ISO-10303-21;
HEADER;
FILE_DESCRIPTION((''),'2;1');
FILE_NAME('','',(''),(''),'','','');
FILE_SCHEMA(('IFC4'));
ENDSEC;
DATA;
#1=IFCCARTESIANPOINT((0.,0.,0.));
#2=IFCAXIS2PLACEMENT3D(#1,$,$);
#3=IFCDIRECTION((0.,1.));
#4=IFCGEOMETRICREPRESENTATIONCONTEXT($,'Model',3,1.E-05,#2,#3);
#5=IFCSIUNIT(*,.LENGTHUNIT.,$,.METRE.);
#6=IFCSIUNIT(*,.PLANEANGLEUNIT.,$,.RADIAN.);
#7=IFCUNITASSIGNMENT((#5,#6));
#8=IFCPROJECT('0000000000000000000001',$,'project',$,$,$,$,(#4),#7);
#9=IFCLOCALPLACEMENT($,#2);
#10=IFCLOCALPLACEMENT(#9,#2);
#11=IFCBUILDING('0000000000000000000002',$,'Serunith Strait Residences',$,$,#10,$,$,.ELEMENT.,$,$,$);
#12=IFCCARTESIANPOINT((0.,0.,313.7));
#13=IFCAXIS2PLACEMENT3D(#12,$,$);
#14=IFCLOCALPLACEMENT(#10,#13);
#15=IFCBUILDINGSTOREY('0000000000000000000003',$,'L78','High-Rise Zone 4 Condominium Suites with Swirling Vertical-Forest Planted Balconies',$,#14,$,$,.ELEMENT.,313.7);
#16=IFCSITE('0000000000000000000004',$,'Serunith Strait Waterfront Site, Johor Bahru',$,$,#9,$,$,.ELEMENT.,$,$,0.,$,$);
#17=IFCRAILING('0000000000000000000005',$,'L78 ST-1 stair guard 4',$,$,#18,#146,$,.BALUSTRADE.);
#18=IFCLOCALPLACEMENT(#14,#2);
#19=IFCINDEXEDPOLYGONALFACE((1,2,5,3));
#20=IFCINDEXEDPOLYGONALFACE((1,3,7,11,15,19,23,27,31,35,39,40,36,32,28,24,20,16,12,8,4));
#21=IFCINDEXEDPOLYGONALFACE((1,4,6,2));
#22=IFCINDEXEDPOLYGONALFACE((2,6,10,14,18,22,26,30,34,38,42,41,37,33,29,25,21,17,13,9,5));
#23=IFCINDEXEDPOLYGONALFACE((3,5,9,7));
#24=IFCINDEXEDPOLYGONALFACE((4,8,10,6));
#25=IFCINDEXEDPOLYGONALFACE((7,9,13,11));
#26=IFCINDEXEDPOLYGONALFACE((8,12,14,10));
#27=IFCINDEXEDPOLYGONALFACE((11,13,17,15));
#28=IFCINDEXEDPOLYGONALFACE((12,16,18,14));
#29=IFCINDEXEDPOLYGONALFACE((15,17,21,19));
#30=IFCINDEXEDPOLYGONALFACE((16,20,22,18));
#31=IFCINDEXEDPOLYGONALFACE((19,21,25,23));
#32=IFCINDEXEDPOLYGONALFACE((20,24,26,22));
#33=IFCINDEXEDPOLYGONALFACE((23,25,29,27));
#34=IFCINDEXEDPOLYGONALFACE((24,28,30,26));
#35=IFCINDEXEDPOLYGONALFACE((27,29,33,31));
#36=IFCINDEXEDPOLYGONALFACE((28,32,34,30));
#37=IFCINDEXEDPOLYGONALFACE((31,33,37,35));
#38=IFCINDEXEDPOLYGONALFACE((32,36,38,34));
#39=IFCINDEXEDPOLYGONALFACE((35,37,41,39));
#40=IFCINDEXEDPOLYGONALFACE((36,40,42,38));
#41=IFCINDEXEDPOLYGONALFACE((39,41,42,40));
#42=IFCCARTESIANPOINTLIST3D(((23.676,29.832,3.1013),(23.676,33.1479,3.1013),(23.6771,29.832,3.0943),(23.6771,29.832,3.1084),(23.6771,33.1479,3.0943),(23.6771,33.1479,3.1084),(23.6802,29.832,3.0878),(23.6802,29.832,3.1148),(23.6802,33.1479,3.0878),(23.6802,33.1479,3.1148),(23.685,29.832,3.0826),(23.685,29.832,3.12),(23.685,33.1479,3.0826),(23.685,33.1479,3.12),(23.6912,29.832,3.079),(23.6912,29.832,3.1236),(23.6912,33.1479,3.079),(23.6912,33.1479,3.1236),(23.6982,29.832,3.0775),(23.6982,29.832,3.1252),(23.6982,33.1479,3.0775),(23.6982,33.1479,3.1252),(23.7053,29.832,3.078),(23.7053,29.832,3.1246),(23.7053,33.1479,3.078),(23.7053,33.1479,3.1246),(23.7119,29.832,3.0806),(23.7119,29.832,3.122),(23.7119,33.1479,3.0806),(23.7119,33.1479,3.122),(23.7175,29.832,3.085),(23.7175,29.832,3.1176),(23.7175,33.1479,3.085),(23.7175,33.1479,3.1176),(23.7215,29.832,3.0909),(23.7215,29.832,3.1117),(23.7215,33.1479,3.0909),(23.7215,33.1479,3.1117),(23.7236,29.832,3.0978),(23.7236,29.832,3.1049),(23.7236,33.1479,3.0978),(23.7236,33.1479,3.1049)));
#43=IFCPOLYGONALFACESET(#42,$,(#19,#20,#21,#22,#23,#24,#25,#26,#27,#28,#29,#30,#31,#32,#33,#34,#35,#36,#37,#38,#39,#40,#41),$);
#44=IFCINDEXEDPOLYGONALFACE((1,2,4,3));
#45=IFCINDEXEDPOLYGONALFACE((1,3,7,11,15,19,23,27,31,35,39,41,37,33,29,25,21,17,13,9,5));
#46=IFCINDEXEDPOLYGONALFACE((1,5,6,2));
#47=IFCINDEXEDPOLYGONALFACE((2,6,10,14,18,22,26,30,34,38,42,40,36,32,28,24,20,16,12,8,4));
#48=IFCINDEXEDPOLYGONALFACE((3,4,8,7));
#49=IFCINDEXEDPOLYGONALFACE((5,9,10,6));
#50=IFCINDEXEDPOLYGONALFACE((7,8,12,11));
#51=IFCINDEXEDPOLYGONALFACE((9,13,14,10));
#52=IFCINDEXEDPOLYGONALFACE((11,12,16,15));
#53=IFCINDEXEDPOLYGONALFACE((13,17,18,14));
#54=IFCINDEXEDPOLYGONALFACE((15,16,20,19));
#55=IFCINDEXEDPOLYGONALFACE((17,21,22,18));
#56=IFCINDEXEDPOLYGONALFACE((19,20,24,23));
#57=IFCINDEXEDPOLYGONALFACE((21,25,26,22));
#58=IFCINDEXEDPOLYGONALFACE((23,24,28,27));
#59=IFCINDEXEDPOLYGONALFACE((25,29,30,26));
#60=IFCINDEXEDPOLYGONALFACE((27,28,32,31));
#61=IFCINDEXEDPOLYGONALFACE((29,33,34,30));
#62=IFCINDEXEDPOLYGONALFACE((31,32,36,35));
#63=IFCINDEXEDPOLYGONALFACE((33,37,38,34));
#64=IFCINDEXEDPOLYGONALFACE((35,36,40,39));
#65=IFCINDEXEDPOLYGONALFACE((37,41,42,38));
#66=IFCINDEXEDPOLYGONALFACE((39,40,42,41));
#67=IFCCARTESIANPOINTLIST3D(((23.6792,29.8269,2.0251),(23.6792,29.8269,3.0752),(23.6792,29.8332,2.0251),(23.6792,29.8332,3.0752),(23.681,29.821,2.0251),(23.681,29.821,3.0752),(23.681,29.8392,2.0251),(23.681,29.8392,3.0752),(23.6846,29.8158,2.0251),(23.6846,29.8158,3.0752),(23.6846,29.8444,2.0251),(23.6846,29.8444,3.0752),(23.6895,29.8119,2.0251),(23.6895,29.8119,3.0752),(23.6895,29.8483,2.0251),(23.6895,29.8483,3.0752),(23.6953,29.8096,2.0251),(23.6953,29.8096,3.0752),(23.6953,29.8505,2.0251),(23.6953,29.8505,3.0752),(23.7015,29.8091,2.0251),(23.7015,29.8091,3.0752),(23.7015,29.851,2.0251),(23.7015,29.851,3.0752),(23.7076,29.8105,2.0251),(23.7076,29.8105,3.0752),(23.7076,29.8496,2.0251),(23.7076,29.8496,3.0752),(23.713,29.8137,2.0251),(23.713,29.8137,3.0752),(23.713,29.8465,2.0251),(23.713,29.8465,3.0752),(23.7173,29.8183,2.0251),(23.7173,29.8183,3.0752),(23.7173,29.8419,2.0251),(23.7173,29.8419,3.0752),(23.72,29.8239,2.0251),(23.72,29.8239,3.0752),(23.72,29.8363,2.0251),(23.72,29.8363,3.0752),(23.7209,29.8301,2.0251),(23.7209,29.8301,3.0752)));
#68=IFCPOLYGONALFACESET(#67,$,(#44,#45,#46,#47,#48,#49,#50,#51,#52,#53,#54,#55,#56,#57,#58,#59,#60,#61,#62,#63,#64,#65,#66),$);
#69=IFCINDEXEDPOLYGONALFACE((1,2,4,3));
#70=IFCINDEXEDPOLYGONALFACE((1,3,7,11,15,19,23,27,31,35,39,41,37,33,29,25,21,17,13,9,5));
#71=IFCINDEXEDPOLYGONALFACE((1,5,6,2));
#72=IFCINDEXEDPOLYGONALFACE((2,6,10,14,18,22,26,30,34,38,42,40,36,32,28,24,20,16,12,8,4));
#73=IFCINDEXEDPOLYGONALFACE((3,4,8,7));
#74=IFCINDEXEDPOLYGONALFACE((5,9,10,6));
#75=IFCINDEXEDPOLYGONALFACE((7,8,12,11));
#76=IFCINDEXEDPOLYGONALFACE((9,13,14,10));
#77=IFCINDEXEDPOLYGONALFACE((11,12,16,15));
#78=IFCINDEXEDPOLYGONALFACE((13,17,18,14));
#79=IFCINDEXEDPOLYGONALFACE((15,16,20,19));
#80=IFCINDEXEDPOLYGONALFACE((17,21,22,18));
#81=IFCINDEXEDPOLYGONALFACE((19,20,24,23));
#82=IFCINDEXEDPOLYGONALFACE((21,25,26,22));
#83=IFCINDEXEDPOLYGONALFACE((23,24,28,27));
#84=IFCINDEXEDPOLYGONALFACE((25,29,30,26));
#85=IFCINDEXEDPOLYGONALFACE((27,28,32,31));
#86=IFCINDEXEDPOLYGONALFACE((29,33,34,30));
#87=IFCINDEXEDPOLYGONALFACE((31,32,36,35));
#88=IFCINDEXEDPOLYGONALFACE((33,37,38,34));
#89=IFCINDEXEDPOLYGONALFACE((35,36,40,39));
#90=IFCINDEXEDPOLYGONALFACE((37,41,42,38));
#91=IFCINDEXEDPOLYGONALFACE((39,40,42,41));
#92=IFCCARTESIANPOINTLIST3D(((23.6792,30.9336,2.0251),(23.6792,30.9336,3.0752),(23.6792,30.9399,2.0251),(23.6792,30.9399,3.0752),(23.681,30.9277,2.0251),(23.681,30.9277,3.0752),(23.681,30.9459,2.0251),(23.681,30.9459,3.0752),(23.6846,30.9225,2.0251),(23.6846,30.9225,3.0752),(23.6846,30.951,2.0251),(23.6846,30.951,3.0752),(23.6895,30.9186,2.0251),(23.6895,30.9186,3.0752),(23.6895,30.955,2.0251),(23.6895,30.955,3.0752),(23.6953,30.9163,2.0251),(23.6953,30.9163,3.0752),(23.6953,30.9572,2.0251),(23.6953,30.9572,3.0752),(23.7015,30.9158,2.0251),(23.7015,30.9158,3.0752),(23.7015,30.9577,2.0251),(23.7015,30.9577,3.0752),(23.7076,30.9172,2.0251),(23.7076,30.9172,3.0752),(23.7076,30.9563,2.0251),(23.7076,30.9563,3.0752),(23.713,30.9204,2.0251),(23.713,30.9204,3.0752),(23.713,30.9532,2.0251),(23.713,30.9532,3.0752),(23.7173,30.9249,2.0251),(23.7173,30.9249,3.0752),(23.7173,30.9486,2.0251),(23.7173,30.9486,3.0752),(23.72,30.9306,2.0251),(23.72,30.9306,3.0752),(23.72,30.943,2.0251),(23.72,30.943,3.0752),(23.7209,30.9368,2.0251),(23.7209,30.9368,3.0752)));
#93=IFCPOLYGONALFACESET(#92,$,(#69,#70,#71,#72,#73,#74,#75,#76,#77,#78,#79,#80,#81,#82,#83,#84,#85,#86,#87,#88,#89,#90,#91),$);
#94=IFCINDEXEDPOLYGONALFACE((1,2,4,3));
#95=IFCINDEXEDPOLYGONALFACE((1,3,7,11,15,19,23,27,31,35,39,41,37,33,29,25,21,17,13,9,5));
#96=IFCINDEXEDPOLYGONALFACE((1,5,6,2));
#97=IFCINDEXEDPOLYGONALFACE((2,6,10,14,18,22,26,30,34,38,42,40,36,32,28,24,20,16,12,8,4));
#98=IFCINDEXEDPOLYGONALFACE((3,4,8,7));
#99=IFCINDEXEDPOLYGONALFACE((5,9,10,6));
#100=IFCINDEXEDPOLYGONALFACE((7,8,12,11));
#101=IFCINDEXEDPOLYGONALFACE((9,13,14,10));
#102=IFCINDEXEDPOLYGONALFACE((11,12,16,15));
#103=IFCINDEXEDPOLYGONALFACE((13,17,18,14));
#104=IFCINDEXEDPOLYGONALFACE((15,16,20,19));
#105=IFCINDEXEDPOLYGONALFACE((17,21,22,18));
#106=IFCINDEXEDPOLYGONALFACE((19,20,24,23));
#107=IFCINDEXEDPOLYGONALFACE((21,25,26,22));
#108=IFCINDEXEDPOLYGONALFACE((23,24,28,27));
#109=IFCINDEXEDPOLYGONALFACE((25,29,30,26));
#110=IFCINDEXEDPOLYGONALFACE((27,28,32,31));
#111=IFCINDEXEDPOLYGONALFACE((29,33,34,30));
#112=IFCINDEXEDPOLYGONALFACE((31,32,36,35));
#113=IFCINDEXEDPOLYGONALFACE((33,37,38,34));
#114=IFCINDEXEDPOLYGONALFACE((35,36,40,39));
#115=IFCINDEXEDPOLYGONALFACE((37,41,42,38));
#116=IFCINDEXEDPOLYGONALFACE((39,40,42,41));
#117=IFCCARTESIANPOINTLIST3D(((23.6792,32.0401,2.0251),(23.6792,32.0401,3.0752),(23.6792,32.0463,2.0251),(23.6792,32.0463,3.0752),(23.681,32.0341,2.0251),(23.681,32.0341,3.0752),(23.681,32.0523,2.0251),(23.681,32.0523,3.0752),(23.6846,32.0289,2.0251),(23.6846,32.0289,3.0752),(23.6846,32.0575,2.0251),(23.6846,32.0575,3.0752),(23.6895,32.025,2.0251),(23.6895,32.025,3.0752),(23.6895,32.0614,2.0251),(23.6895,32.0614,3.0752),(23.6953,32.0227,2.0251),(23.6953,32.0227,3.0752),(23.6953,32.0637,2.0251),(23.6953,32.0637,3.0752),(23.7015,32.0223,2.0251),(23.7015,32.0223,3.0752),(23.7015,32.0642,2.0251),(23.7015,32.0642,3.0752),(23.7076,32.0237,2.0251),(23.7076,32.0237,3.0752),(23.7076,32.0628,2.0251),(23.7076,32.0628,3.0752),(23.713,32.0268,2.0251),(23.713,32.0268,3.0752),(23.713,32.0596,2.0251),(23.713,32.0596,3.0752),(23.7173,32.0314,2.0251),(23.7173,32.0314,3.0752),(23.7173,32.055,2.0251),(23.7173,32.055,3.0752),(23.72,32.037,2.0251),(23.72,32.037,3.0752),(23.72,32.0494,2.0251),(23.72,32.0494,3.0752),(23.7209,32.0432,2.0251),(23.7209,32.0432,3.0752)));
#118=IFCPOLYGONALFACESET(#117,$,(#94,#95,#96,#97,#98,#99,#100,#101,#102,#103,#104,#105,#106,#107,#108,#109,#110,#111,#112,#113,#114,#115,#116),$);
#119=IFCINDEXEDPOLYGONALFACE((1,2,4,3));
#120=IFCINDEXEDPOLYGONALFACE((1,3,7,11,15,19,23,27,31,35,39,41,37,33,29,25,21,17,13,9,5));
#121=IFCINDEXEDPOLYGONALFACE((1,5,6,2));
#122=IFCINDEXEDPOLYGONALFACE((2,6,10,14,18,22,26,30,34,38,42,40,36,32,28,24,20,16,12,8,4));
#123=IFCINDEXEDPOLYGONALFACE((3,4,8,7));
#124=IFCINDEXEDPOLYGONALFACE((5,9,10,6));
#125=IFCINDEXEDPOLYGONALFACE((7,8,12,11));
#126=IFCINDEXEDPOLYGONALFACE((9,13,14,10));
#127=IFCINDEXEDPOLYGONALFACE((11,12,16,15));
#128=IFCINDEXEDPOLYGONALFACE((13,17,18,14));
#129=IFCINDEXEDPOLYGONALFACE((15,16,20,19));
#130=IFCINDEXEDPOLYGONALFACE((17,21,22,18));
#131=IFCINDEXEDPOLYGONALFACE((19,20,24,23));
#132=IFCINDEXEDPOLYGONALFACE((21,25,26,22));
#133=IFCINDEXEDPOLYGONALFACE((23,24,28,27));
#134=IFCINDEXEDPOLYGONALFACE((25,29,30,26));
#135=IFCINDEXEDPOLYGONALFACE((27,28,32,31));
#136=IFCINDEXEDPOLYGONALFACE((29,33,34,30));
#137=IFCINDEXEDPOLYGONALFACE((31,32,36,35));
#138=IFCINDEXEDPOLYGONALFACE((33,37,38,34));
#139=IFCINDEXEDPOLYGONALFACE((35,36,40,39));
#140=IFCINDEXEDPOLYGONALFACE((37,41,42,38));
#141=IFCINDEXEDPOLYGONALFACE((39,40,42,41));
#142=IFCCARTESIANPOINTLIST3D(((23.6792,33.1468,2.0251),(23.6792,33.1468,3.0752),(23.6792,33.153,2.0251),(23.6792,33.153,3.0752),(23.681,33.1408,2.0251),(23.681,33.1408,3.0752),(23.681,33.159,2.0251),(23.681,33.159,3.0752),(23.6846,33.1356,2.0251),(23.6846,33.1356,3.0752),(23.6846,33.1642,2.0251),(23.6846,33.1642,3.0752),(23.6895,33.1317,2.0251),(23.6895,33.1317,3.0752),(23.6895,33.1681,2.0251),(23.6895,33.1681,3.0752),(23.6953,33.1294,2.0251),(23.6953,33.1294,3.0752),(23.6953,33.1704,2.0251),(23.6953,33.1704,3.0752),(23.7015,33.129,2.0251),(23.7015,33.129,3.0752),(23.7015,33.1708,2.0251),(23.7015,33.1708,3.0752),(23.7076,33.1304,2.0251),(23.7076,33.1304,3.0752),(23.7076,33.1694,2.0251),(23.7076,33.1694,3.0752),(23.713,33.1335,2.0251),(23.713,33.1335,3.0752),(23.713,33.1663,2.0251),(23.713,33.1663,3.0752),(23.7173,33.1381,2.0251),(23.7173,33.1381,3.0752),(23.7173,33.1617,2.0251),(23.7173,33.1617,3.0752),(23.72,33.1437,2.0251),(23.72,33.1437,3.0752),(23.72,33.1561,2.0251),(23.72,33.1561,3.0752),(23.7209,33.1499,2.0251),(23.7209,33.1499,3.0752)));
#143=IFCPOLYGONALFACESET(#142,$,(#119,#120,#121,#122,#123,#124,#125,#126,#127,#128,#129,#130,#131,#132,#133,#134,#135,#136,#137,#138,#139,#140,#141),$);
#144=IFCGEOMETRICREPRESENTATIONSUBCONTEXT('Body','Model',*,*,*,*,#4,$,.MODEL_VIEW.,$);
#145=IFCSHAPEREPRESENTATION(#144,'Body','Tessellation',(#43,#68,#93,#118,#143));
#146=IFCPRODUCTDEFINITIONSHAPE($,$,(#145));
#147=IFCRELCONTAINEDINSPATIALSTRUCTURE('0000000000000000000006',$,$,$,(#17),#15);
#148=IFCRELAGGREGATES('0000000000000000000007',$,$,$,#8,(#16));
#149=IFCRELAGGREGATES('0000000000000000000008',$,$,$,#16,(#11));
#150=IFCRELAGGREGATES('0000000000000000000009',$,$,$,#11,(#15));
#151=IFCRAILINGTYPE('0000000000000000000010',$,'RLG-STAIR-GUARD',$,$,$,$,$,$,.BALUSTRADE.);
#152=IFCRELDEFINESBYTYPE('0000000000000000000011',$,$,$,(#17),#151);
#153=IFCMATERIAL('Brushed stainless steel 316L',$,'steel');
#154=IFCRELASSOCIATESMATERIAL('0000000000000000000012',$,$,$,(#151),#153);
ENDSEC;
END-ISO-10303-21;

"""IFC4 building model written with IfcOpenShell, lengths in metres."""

from ifc_helpers import new_model, si_unit, direction, frame, origin, origin_2d, place, context, subcontext, project, spatial, circle, extrude, material, type_object, element, save


model = new_model("IFC4")

# Units and contexts
model_context = context("Model", 3, precision=1e-05, world=origin(), true_north=direction((0.0, 1.0)))
body_context = subcontext(model_context, "Body", "Model", "MODEL_VIEW")
ifc_project = project(units=[si_unit("LENGTHUNIT", "METRE"), si_unit("PLANEANGLEUNIT", "RADIAN")], contexts=[model_context])

# Site, building, storey
site_placement = place(None, origin())
site = spatial("IfcSite", under=ifc_project, at=site_placement, Name="Serunith Strait Waterfront Site, Johor Bahru", CompositionType="ELEMENT", RefElevation=0.0)
building_placement = place(site_placement, origin())
building = spatial("IfcBuilding", under=site, at=building_placement, Name="Serunith Strait Residences", CompositionType="ELEMENT")
storey_placement = place(building_placement, frame((0.0, 0.0, 313.7)))
storey = spatial("IfcBuildingStorey", under=building, at=storey_placement, Name="L78", Description="High-Rise Zone 4 Condominium Suites with Swirling Vertical-Forest Planted Balconies", CompositionType="ELEMENT", Elevation=313.7)

# Railing
ifc_material_1 = material(Name="Brushed stainless steel 316L", Category="steel")
railing_type_1 = type_object("IfcRailingType", Name="RLG-STAIR-GUARD", PredefinedType="BALUSTRADE", material=ifc_material_1)
for number, where, name in (
    (1, (23.7, 29.8301, 2.0251), "L78 ST-1 stair guard 4"),
):
    element("IfcRailing", number, at=place(storey_placement, frame(where)), inside=storey, type_object=railing_type_1, Name=name, PredefinedType="BALUSTRADE", context=body_context, shape_type="SweptSolid", body=[
        extrude(circle(Radius=0.0239, at=origin_2d()), frame((0.0, 0.002, 1.0762), z_axis=(0.0, 1.0, 0.0), x_axis=(-1.0, 0.0, 0.0)), (0.0, 0.0, 1.0), 3.3159),
        extrude(circle(Radius=0.021, at=origin_2d()), origin(), (0.0, 0.0, 1.0), 1.05),
        extrude(circle(Radius=0.021, at=origin_2d()), frame((0.0, 1.1067, 0.0)), (0.0, 0.0, 1.0), 1.05),
        extrude(circle(Radius=0.021, at=origin_2d()), frame((0.0, 2.2131, 0.0)), (0.0, 0.0, 1.0), 1.05),
        extrude(circle(Radius=0.021, at=origin_2d()), frame((0.0, 3.3198, 0.0)), (0.0, 0.0, 1.0), 1.05),
    ])

save(model, "model.ifc")
